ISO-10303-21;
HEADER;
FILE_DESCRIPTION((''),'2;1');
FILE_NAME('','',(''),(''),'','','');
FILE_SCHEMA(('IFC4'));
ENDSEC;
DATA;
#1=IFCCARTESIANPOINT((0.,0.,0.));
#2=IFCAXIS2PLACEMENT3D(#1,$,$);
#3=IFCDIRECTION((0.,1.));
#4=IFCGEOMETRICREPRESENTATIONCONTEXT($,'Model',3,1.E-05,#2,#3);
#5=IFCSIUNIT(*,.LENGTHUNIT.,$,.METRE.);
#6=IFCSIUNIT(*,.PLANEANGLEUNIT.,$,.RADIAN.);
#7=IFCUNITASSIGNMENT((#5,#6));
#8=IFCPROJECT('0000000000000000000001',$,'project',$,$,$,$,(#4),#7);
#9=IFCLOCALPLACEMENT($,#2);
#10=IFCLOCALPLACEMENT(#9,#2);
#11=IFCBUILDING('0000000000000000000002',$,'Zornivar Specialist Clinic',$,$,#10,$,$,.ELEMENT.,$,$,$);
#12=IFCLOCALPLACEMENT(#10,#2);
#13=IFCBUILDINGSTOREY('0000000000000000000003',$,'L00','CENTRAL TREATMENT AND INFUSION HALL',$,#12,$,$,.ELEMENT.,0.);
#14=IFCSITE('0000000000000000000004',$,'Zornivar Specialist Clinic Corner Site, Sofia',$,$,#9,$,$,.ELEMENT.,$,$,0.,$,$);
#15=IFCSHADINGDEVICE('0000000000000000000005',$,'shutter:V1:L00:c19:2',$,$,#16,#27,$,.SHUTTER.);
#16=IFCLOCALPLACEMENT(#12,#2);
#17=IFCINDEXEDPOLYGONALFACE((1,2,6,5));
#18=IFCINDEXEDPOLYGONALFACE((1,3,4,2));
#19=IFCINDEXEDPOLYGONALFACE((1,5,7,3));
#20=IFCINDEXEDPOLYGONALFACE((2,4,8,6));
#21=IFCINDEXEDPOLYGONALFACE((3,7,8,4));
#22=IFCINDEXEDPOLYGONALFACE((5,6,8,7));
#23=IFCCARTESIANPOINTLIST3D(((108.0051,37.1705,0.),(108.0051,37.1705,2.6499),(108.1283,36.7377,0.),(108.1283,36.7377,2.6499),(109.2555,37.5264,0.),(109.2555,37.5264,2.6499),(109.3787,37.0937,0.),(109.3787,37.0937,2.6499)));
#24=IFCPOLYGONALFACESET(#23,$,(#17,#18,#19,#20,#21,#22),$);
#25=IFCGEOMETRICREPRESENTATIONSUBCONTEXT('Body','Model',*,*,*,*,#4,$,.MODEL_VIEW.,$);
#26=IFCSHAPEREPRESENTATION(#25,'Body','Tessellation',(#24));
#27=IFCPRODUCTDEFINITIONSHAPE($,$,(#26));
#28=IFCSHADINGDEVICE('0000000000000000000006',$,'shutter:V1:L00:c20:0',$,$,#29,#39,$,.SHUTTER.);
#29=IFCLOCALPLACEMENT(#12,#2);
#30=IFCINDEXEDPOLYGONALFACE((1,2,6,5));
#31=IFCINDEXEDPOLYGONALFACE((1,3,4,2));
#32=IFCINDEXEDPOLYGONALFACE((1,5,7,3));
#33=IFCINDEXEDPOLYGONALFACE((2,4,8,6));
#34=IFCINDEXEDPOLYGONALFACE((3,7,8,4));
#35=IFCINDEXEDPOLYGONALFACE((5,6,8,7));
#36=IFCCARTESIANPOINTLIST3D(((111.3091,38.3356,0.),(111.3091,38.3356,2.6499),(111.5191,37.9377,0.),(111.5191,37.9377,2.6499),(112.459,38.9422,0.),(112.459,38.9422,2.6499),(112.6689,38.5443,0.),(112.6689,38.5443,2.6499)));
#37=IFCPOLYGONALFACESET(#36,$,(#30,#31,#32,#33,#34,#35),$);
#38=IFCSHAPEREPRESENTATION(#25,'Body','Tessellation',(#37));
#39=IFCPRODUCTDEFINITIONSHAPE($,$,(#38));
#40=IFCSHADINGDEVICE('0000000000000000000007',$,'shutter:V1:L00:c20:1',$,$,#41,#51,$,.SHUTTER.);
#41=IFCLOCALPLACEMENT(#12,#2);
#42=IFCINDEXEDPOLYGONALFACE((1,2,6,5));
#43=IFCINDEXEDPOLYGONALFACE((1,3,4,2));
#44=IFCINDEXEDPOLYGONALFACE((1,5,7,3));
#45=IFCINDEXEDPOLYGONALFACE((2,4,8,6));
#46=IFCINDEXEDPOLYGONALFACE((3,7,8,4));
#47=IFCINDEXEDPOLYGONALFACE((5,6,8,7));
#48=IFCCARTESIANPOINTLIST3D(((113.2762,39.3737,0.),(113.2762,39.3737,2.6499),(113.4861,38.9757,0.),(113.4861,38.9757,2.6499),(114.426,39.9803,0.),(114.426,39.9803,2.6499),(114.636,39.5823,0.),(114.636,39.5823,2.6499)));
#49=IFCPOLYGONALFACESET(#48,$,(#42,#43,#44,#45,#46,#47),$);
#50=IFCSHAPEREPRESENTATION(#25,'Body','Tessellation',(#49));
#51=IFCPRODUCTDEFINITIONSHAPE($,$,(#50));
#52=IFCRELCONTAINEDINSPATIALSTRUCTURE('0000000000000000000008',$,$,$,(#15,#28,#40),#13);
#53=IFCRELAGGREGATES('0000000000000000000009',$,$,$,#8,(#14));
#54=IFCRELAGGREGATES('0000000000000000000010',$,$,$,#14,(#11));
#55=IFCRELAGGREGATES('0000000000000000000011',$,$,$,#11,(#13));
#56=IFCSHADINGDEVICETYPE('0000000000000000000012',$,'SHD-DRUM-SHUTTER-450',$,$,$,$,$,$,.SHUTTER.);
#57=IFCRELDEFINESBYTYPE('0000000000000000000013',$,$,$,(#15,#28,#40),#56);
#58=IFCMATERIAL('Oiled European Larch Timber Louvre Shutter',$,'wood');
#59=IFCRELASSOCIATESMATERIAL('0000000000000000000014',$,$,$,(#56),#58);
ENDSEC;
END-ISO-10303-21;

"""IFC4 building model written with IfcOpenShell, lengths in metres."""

from ifc_helpers import new_model, si_unit, direction, frame, origin, origin_2d, place, context, subcontext, project, spatial, rectangle, extrude, material, type_object, element, save


model = new_model("IFC4")

# Units and contexts
model_context = context("Model", 3, precision=1e-05, world=origin(), true_north=direction((0.0, 1.0)))
body_context = subcontext(model_context, "Body", "Model", "MODEL_VIEW")
ifc_project = project(units=[si_unit("LENGTHUNIT", "METRE"), si_unit("PLANEANGLEUNIT", "RADIAN")], contexts=[model_context])

# Site, building, storey
site_placement = place(None, origin())
site = spatial("IfcSite", under=ifc_project, at=site_placement, Name="Zornivar Specialist Clinic Corner Site, Sofia", CompositionType="ELEMENT", RefElevation=0.0)
building_placement = place(site_placement, origin())
building = spatial("IfcBuilding", under=site, at=building_placement, Name="Zornivar Specialist Clinic", CompositionType="ELEMENT")
storey_placement = place(building_placement, origin())
storey = spatial("IfcBuildingStorey", under=building, at=storey_placement, Name="L00", Description="CENTRAL TREATMENT AND INFUSION HALL", CompositionType="ELEMENT", Elevation=0.0)

# Shading devices
ifc_material_1 = material(Name="Oiled European Larch Timber Louvre Shutter", Category="wood")
shading_device_type = type_object("IfcShadingDeviceType", Name="SHD-DRUM-SHUTTER-450", PredefinedType="SHUTTER", material=ifc_material_1)
for number, where, z_axis, x_axis, name in (
    (1, (108.6919, 37.1321, 0.0), (0.0, 0.0, 1.0), (0.961785, 0.273805, 0.0), "shutter:V1:L00:c19:2"),
    (2, (111.989, 38.4399, 0.0), (0.0, 0.0, 1.0), (0.88447, 0.466597, 0.0), "shutter:V1:L00:c20:0"),
    (3, (113.9561, 39.478, 0.0), (0.0, 0.0, 1.0), (0.88447, 0.466597, 0.0), "shutter:V1:L00:c20:1"),
):
    element("IfcShadingDevice", number, at=place(storey_placement, frame(where, z_axis=z_axis, x_axis=x_axis)), inside=storey, type_object=shading_device_type, Name=name, PredefinedType="SHUTTER", context=body_context, shape_type="SweptSolid", body=[
        extrude(rectangle(XDim=1.3, YDim=0.45, at=origin_2d()), origin(), (0.0, 0.0, 1.0), 2.6499),
    ])

save(model, "model.ifc")
